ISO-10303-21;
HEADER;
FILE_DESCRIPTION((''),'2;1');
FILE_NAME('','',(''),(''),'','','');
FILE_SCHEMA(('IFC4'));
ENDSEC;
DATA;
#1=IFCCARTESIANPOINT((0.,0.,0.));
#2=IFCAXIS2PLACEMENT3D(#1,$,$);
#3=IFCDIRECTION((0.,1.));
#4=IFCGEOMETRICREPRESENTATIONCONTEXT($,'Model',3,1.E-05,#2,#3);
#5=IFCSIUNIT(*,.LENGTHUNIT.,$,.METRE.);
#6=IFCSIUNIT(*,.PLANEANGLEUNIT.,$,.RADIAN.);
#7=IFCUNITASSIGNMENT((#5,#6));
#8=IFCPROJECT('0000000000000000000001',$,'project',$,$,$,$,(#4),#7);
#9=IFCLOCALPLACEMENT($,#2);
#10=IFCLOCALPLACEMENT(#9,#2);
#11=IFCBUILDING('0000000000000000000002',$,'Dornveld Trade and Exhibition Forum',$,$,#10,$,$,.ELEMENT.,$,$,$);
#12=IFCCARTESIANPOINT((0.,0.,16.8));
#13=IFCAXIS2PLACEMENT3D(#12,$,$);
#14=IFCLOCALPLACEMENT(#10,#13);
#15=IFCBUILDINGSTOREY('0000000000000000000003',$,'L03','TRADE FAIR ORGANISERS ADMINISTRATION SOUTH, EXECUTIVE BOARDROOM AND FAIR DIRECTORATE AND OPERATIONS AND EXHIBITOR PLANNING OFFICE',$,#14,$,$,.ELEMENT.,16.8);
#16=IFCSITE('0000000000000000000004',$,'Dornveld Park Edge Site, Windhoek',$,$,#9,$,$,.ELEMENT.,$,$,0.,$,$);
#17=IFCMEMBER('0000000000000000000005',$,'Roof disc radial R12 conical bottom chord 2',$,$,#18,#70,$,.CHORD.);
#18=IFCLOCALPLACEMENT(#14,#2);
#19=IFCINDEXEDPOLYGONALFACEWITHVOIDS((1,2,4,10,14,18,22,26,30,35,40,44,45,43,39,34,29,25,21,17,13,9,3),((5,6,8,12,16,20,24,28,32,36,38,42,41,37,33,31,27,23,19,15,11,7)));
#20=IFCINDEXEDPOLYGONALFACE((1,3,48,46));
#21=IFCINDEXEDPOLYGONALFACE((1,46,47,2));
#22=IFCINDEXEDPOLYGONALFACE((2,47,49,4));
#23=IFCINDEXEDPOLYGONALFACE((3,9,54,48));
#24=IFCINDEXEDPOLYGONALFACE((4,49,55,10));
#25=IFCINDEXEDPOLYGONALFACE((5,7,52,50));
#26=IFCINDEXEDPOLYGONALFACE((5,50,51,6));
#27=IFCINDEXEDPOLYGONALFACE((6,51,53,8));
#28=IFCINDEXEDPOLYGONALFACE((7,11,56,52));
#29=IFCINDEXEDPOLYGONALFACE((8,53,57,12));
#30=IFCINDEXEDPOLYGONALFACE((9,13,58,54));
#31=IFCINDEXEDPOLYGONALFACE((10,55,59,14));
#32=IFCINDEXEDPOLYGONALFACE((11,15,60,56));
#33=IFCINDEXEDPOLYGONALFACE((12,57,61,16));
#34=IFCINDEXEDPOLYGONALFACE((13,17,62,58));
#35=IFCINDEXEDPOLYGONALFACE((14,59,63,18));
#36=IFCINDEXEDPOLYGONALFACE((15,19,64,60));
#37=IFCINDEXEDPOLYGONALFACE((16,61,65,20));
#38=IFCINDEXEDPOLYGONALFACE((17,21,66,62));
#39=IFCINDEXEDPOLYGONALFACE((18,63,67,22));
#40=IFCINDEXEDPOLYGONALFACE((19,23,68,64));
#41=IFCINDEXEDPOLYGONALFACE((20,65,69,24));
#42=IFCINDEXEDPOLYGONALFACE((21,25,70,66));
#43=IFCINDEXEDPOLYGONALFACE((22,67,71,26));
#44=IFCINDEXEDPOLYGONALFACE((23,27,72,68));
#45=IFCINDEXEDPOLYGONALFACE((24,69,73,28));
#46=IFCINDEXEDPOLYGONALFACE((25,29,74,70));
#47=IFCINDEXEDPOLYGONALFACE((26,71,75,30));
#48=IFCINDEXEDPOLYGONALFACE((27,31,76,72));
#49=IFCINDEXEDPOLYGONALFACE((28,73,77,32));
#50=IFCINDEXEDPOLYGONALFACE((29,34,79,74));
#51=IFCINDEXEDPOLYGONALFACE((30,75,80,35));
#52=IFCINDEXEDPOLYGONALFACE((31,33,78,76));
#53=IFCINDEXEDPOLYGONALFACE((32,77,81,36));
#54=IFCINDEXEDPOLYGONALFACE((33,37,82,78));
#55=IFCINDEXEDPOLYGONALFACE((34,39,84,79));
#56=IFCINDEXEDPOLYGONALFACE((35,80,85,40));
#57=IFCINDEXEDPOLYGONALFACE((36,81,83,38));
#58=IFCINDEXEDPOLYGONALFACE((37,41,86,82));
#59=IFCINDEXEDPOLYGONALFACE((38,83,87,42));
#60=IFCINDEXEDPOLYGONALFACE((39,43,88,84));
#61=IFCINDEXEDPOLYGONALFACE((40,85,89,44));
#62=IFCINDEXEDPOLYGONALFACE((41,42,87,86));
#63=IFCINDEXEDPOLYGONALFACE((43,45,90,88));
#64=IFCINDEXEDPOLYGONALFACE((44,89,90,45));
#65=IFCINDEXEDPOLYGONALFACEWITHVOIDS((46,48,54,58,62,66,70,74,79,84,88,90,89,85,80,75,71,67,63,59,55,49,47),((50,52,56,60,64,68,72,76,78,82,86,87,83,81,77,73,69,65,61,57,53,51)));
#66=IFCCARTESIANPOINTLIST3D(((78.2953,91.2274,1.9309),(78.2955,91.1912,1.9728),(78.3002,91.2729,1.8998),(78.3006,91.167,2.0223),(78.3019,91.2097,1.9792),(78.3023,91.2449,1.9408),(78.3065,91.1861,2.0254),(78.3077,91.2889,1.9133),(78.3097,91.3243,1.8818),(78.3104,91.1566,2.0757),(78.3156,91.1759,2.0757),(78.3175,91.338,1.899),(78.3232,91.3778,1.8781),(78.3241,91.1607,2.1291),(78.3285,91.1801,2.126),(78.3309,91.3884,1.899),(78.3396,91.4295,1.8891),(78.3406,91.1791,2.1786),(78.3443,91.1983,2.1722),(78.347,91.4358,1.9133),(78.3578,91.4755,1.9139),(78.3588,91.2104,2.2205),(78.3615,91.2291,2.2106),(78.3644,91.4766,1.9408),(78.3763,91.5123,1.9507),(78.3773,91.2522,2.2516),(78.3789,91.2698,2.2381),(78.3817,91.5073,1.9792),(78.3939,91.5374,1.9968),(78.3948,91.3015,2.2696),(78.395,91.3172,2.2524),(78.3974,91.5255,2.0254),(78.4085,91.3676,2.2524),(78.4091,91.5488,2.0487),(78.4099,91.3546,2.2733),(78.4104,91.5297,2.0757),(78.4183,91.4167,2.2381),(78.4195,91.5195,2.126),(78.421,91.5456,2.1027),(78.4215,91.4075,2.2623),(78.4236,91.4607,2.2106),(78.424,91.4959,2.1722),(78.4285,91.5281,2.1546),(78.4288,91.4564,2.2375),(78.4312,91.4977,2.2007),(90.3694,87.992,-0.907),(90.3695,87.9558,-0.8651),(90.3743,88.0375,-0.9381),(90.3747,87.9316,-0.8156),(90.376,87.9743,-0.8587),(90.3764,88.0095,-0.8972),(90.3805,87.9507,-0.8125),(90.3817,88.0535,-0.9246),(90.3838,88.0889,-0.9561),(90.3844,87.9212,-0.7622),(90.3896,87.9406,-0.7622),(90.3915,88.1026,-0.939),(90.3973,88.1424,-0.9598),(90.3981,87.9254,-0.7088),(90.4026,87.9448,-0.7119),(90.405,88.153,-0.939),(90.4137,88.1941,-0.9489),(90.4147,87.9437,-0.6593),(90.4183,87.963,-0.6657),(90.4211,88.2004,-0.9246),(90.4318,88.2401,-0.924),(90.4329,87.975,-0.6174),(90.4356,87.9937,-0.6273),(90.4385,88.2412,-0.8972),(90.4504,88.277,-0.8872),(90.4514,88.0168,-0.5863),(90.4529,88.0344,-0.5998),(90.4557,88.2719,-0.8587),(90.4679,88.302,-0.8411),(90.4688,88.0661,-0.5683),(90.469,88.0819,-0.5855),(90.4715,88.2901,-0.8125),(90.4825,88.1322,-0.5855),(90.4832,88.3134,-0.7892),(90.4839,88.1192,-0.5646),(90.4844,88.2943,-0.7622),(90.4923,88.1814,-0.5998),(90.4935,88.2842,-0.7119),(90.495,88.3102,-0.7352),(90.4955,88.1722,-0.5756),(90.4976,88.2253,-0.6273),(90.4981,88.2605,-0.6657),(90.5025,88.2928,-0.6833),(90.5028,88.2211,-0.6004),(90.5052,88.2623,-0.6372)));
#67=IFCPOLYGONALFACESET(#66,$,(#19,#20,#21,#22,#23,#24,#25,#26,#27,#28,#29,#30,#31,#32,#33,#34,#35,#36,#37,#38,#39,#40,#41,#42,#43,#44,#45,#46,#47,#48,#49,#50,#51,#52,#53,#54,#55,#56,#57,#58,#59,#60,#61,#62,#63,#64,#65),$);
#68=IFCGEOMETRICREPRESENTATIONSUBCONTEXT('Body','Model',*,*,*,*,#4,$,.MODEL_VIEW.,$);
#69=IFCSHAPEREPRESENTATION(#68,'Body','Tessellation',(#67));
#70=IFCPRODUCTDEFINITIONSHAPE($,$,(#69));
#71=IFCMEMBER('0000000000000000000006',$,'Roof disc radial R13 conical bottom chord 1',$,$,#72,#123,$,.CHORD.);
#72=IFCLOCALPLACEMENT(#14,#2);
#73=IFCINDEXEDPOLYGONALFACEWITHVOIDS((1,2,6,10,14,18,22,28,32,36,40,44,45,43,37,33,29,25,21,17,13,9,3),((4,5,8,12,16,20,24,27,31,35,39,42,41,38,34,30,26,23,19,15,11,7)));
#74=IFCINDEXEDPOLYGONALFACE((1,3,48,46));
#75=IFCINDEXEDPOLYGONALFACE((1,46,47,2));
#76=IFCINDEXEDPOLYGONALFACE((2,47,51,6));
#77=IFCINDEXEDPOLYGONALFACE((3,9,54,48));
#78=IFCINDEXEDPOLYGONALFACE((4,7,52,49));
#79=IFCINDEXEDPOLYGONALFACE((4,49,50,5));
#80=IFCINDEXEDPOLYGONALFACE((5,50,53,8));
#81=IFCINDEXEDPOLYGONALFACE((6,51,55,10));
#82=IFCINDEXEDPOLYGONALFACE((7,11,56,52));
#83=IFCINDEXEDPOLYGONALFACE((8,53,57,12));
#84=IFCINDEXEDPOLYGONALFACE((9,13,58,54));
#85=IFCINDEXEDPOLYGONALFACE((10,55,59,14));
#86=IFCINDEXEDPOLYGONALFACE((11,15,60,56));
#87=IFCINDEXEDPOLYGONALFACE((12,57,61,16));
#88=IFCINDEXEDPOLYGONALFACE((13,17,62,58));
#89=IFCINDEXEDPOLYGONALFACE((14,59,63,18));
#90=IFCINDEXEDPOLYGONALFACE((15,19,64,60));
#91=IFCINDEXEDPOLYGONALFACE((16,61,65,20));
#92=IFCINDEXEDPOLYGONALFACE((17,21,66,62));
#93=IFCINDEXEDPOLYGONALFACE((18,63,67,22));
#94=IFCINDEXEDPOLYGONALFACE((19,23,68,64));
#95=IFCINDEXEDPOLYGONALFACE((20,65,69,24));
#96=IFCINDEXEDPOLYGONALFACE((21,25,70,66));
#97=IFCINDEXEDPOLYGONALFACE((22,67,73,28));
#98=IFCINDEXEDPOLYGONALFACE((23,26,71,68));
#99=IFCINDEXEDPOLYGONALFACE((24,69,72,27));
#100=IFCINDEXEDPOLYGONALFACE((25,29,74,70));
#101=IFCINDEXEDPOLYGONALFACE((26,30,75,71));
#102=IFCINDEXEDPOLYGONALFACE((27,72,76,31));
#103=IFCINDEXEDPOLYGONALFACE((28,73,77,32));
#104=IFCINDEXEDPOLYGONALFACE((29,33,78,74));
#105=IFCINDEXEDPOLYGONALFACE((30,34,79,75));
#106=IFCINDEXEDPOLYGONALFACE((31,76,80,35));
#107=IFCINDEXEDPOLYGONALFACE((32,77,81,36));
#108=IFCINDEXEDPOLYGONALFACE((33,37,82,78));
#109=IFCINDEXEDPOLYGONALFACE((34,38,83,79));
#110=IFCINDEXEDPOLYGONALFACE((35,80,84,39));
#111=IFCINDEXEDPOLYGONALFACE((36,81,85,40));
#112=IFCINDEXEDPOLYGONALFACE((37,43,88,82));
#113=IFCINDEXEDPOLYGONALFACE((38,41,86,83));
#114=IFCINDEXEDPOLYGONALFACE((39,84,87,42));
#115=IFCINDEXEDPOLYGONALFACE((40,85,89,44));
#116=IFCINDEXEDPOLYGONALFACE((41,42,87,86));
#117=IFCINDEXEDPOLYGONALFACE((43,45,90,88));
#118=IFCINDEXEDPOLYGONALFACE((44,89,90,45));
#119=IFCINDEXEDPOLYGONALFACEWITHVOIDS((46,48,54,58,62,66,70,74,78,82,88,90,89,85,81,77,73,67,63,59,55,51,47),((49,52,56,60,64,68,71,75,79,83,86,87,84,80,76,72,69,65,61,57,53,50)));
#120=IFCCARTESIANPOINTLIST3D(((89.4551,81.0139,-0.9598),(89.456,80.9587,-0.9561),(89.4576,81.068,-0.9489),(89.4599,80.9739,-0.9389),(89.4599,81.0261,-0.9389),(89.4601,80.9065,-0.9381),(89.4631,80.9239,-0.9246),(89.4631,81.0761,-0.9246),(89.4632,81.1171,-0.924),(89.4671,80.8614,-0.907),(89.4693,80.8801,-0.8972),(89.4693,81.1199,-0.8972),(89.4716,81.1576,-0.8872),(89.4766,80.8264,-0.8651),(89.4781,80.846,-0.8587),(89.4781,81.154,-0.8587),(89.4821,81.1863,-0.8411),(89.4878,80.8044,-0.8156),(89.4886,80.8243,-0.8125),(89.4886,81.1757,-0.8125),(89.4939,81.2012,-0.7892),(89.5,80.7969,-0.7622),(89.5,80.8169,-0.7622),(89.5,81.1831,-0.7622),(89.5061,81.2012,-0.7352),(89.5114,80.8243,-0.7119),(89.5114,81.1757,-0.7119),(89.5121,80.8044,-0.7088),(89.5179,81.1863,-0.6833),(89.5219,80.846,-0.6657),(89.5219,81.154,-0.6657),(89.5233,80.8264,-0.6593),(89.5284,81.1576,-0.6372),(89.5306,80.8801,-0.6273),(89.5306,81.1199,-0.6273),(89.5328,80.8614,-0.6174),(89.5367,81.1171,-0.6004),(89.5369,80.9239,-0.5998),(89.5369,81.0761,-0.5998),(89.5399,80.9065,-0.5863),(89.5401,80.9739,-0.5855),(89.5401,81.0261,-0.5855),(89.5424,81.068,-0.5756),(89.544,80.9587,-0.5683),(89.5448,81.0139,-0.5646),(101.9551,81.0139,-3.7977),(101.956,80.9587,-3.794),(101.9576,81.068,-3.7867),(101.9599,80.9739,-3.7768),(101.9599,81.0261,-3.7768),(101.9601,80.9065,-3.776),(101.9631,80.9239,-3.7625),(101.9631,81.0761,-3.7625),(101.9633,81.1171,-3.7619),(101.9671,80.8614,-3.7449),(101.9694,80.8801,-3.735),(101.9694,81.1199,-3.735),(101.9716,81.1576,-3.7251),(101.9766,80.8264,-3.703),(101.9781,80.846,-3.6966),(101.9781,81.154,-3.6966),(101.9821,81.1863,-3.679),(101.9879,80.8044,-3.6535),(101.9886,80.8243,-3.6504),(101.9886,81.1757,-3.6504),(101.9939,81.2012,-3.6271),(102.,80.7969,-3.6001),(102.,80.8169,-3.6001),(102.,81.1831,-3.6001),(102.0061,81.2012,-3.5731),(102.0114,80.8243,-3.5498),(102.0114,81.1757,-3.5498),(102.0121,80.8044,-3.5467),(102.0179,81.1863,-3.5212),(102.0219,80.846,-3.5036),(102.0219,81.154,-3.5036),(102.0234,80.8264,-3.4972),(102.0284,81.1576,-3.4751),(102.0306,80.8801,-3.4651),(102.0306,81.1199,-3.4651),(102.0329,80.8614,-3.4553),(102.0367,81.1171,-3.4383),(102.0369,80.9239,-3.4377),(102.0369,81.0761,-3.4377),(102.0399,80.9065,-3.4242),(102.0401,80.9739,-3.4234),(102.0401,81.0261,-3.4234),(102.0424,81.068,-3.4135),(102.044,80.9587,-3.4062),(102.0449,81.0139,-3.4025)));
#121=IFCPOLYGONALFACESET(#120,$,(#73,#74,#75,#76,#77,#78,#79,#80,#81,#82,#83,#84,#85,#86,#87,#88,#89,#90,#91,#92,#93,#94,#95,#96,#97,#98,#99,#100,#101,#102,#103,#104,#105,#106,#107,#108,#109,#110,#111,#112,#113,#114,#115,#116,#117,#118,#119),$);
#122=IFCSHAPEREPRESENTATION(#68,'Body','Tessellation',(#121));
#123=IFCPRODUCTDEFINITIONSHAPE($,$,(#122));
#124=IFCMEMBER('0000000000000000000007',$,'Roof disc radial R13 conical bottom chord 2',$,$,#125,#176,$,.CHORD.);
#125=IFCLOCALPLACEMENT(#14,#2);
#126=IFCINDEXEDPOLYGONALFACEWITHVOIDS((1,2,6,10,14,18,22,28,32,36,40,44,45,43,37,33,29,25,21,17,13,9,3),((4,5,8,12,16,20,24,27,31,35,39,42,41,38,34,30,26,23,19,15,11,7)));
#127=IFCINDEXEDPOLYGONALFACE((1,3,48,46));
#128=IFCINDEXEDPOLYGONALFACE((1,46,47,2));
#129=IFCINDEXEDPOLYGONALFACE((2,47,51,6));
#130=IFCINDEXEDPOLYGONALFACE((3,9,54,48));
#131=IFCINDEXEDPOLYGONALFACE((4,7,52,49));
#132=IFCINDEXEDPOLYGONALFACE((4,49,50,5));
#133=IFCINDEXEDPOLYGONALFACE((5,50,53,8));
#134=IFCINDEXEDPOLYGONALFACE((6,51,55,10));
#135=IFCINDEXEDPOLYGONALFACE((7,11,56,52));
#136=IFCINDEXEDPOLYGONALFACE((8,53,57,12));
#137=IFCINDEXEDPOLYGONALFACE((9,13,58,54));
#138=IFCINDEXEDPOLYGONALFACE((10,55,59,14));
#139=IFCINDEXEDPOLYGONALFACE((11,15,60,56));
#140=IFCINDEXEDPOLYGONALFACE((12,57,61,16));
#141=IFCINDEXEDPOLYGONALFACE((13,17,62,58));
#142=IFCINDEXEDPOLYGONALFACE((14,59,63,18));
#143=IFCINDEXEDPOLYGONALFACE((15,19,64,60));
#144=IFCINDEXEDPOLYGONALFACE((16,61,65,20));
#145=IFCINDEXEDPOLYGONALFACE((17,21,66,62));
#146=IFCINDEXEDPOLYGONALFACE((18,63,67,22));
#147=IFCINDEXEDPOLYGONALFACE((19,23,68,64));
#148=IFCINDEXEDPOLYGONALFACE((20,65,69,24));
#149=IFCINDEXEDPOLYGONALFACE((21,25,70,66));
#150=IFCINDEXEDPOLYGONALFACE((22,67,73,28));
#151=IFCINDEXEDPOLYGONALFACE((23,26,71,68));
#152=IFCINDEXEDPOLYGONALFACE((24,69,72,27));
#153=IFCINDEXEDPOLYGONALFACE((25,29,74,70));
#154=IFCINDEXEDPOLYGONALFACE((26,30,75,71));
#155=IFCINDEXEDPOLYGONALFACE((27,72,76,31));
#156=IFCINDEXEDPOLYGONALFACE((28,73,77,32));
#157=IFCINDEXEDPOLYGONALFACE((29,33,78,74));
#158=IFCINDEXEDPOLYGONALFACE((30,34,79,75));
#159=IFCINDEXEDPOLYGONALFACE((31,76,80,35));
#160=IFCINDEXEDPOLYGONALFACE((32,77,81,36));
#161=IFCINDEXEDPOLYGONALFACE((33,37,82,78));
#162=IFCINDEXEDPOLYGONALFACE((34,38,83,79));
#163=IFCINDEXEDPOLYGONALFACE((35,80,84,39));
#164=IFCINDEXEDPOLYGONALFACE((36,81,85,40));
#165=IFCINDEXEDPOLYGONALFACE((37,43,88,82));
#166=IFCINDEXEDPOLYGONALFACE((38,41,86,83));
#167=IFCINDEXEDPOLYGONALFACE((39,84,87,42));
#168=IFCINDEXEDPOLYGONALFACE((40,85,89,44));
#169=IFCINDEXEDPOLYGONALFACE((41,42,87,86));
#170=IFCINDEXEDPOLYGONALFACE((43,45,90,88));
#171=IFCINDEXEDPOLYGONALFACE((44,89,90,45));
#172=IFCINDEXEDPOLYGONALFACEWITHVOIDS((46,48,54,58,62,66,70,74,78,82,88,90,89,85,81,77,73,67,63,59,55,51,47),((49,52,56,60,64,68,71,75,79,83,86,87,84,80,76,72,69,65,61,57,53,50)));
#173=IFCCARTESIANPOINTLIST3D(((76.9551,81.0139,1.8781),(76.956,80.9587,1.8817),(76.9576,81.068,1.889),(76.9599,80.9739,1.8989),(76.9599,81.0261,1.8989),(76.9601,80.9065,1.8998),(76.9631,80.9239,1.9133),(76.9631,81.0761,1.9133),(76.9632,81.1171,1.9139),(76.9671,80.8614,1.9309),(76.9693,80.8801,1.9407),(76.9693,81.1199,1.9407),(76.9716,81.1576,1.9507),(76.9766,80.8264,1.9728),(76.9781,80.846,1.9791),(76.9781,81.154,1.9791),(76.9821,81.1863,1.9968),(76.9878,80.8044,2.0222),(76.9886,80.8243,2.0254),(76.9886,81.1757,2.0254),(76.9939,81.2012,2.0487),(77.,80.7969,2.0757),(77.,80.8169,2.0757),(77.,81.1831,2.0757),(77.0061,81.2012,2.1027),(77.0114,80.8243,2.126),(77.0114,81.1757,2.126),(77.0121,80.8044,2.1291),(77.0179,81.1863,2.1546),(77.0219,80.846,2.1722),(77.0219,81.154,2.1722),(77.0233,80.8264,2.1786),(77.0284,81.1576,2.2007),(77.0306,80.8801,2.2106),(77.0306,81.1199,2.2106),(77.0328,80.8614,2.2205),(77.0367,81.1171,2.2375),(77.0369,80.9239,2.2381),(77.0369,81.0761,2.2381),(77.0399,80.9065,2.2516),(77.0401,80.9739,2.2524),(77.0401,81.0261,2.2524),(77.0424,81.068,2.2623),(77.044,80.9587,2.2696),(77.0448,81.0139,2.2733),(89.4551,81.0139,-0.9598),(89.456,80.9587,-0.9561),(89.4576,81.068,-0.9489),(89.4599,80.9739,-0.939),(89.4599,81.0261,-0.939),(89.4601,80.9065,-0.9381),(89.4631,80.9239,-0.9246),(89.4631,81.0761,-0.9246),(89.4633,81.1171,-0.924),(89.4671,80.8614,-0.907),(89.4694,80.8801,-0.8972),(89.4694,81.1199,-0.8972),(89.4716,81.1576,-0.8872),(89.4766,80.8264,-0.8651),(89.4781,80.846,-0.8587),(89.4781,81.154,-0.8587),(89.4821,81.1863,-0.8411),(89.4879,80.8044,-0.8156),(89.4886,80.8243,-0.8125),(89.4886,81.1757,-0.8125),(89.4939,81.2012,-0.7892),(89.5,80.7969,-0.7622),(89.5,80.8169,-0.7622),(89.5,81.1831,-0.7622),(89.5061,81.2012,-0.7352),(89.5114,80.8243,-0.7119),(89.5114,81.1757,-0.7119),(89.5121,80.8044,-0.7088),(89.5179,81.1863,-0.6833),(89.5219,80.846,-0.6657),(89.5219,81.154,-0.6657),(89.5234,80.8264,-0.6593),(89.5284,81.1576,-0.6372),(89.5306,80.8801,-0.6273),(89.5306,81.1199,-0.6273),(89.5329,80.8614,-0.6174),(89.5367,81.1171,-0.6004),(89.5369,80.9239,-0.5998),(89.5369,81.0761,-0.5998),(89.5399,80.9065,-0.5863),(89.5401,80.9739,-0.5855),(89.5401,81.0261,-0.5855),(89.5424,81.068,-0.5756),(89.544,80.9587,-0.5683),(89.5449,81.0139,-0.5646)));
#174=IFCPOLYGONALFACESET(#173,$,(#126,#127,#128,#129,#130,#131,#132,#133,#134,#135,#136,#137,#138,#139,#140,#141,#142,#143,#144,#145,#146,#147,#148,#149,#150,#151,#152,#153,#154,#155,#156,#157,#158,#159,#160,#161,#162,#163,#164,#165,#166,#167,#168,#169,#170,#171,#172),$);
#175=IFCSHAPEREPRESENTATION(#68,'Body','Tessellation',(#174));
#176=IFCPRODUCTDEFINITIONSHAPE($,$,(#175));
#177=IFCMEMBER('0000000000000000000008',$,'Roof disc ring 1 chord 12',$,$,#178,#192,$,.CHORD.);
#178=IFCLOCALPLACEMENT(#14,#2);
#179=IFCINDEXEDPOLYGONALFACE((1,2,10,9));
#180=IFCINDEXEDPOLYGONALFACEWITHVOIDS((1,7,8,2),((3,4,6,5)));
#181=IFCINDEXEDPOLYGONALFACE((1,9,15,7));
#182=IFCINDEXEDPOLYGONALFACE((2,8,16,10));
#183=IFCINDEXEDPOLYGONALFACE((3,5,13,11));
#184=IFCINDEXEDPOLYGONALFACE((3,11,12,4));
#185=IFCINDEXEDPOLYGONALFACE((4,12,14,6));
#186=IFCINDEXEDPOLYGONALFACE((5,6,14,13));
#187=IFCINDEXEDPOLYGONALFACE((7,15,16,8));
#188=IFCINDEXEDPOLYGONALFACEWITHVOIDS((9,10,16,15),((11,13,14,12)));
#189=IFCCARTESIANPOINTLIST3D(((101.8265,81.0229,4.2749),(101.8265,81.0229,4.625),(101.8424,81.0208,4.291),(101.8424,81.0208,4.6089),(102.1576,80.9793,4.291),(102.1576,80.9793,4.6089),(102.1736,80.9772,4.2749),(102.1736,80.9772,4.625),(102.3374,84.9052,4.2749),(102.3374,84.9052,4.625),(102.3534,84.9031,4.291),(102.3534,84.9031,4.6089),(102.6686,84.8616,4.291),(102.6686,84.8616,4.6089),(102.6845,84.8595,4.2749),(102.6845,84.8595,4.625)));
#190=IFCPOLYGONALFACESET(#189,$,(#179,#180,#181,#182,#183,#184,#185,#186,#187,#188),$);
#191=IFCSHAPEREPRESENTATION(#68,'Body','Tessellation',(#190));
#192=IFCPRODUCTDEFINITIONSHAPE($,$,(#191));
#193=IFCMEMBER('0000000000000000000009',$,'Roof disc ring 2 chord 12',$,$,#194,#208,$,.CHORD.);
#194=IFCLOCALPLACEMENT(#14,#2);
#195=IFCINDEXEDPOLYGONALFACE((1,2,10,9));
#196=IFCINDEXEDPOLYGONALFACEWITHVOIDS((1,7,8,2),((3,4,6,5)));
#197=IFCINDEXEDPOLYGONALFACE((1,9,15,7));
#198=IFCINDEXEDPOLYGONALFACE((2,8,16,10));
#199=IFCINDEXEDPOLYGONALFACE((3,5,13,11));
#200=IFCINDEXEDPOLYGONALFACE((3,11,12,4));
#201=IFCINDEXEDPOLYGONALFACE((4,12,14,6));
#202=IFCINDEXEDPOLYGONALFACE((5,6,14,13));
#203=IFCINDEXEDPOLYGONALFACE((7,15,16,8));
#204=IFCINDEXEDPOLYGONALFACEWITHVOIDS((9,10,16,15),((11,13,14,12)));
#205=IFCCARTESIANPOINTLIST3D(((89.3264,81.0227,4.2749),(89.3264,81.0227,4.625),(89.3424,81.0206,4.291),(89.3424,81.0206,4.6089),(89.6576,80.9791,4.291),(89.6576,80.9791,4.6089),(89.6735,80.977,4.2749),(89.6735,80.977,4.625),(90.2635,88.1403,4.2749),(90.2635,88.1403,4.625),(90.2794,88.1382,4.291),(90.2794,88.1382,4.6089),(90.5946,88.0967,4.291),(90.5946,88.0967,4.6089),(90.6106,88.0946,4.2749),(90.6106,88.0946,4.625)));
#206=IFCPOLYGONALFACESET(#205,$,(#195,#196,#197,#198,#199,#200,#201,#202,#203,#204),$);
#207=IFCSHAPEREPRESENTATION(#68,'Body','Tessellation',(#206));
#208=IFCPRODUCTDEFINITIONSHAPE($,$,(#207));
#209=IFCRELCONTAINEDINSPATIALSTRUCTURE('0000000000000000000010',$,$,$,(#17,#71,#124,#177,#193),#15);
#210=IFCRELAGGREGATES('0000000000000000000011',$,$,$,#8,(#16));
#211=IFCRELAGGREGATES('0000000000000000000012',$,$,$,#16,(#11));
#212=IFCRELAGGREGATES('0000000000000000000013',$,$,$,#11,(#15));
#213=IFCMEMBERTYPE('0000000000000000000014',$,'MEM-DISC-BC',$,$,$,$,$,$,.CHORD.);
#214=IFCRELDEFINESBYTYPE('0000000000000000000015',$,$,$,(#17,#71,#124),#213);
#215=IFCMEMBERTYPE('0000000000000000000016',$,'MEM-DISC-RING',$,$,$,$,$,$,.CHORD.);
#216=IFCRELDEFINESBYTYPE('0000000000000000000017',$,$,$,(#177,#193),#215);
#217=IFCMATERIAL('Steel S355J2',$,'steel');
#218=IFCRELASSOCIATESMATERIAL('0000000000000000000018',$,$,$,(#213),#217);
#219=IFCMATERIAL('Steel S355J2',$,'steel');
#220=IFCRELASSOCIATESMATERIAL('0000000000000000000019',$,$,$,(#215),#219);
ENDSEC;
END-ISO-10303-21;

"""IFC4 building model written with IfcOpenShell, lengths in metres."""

from ifc_helpers import new_model, si_unit, direction, frame, origin, origin_2d, place, context, subcontext, project, spatial, hollow_rectangle, hollow_circle, extrude, material, material_profile, profile_set, type_object, element, save


model = new_model("IFC4")

# Units and contexts
model_context = context("Model", 3, precision=1e-05, world=origin(), true_north=direction((0.0, 1.0)))
body_context = subcontext(model_context, "Body", "Model", "MODEL_VIEW")
ifc_project = project(units=[si_unit("LENGTHUNIT", "METRE"), si_unit("PLANEANGLEUNIT", "RADIAN")], contexts=[model_context])

# Site, building, storey
site_placement = place(None, origin())
site = spatial("IfcSite", under=ifc_project, at=site_placement, Name="Dornveld Park Edge Site, Windhoek", CompositionType="ELEMENT", RefElevation=0.0)
building_placement = place(site_placement, origin())
building = spatial("IfcBuilding", under=site, at=building_placement, Name="Dornveld Trade and Exhibition Forum", CompositionType="ELEMENT")
storey_placement = place(building_placement, frame((0.0, 0.0, 16.8)))
storey = spatial("IfcBuildingStorey", under=building, at=storey_placement, Name="L03", Description="TRADE FAIR ORGANISERS ADMINISTRATION SOUTH, EXECUTIVE BOARDROOM AND FAIR DIRECTORATE AND OPERATIONS AND EXHIBITOR PLANNING OFFICE", CompositionType="ELEMENT", Elevation=16.8)

# Members
ifc_material_1 = material(Name="Steel S355J2", Category="steel")
ifc_material_profile_1 = material_profile(ifc_material_1, hollow_circle(Radius=0.2031, WallThickness=0.02, at=origin_2d()), Name="CHS 406.4x20")
ifc_profile_set_1 = profile_set([ifc_material_profile_1], Name="Steel S355J2")
member_type_1 = type_object("IfcMemberType", Name="MEM-DISC-BC", PredefinedType="CHORD", material=ifc_profile_set_1)
for number, where, z_axis, x_axis, name in (
    (1, (90.437, 88.1174, -0.7622), (-0.941952, 0.252406, 0.221398), (-0.258829, -0.965923, 0.0), "Roof disc radial R12 conical bottom chord 2"),
    (2, (102.0, 81.0, -3.6001), (-0.975184, 0.0, 0.221397), (0.0, -1.0, 0.0), "Roof disc radial R13 conical bottom chord 1"),
    (3, (89.5, 81.0, -0.7622), (-0.975184, 0.0, 0.221397), (0.0, -1.0, 0.0), "Roof disc radial R13 conical bottom chord 2"),
):
    element("IfcMember", number, at=place(storey_placement, frame(where, z_axis=z_axis, x_axis=x_axis)), inside=storey, type_object=member_type_1, Name=name, PredefinedType="CHORD", context=body_context, shape_type="SweptSolid", body=[
        extrude(hollow_circle(Radius=0.2031, WallThickness=0.02, at=origin_2d()), origin(), (0.0, 0.0, 1.0), 12.8181),
    ])
ifc_material_2 = material(Name="Steel S355J2", Category="steel")
ifc_material_profile_2 = material_profile(ifc_material_2, hollow_rectangle(XDim=0.3501, YDim=0.3501, WallThickness=0.0161, at=origin_2d()), Name="SHS 350x350x16")
ifc_profile_set_2 = profile_set([ifc_material_profile_2], Name="Steel S355J2")
member_type_2 = type_object("IfcMemberType", Name="MEM-DISC-RING", PredefinedType="CHORD", material=ifc_profile_set_2)
member_1_placement = place(storey_placement, frame((102.511, 84.8823, 4.45), z_axis=(-0.130493, -0.991449, 0.0), x_axis=(0.991449, -0.130493, 0.0)))
element("IfcMember", 4, at=member_1_placement, inside=storey, type_object=member_type_2, Name="Roof disc ring 1 chord 12", PredefinedType="CHORD", context=body_context, shape_type="SweptSolid", body=[
    extrude(hollow_rectangle(XDim=0.3501, YDim=0.3501, WallThickness=0.0161, at=origin_2d()), origin(), (0.0, 0.0, 1.0), 3.9158),
])
member_2_placement = place(storey_placement, frame((90.437, 88.1174, 4.45), z_axis=(-0.130524, -0.991445, 0.0), x_axis=(0.991445, -0.130524, 0.0)))
element("IfcMember", 5, at=member_2_placement, inside=storey, type_object=member_type_2, Name="Roof disc ring 2 chord 12", PredefinedType="CHORD", context=body_context, shape_type="SweptSolid", body=[
    extrude(hollow_rectangle(XDim=0.3501, YDim=0.3501, WallThickness=0.0161, at=origin_2d()), origin(), (0.0, 0.0, 1.0), 7.179),
])

save(model, "model.ifc")
